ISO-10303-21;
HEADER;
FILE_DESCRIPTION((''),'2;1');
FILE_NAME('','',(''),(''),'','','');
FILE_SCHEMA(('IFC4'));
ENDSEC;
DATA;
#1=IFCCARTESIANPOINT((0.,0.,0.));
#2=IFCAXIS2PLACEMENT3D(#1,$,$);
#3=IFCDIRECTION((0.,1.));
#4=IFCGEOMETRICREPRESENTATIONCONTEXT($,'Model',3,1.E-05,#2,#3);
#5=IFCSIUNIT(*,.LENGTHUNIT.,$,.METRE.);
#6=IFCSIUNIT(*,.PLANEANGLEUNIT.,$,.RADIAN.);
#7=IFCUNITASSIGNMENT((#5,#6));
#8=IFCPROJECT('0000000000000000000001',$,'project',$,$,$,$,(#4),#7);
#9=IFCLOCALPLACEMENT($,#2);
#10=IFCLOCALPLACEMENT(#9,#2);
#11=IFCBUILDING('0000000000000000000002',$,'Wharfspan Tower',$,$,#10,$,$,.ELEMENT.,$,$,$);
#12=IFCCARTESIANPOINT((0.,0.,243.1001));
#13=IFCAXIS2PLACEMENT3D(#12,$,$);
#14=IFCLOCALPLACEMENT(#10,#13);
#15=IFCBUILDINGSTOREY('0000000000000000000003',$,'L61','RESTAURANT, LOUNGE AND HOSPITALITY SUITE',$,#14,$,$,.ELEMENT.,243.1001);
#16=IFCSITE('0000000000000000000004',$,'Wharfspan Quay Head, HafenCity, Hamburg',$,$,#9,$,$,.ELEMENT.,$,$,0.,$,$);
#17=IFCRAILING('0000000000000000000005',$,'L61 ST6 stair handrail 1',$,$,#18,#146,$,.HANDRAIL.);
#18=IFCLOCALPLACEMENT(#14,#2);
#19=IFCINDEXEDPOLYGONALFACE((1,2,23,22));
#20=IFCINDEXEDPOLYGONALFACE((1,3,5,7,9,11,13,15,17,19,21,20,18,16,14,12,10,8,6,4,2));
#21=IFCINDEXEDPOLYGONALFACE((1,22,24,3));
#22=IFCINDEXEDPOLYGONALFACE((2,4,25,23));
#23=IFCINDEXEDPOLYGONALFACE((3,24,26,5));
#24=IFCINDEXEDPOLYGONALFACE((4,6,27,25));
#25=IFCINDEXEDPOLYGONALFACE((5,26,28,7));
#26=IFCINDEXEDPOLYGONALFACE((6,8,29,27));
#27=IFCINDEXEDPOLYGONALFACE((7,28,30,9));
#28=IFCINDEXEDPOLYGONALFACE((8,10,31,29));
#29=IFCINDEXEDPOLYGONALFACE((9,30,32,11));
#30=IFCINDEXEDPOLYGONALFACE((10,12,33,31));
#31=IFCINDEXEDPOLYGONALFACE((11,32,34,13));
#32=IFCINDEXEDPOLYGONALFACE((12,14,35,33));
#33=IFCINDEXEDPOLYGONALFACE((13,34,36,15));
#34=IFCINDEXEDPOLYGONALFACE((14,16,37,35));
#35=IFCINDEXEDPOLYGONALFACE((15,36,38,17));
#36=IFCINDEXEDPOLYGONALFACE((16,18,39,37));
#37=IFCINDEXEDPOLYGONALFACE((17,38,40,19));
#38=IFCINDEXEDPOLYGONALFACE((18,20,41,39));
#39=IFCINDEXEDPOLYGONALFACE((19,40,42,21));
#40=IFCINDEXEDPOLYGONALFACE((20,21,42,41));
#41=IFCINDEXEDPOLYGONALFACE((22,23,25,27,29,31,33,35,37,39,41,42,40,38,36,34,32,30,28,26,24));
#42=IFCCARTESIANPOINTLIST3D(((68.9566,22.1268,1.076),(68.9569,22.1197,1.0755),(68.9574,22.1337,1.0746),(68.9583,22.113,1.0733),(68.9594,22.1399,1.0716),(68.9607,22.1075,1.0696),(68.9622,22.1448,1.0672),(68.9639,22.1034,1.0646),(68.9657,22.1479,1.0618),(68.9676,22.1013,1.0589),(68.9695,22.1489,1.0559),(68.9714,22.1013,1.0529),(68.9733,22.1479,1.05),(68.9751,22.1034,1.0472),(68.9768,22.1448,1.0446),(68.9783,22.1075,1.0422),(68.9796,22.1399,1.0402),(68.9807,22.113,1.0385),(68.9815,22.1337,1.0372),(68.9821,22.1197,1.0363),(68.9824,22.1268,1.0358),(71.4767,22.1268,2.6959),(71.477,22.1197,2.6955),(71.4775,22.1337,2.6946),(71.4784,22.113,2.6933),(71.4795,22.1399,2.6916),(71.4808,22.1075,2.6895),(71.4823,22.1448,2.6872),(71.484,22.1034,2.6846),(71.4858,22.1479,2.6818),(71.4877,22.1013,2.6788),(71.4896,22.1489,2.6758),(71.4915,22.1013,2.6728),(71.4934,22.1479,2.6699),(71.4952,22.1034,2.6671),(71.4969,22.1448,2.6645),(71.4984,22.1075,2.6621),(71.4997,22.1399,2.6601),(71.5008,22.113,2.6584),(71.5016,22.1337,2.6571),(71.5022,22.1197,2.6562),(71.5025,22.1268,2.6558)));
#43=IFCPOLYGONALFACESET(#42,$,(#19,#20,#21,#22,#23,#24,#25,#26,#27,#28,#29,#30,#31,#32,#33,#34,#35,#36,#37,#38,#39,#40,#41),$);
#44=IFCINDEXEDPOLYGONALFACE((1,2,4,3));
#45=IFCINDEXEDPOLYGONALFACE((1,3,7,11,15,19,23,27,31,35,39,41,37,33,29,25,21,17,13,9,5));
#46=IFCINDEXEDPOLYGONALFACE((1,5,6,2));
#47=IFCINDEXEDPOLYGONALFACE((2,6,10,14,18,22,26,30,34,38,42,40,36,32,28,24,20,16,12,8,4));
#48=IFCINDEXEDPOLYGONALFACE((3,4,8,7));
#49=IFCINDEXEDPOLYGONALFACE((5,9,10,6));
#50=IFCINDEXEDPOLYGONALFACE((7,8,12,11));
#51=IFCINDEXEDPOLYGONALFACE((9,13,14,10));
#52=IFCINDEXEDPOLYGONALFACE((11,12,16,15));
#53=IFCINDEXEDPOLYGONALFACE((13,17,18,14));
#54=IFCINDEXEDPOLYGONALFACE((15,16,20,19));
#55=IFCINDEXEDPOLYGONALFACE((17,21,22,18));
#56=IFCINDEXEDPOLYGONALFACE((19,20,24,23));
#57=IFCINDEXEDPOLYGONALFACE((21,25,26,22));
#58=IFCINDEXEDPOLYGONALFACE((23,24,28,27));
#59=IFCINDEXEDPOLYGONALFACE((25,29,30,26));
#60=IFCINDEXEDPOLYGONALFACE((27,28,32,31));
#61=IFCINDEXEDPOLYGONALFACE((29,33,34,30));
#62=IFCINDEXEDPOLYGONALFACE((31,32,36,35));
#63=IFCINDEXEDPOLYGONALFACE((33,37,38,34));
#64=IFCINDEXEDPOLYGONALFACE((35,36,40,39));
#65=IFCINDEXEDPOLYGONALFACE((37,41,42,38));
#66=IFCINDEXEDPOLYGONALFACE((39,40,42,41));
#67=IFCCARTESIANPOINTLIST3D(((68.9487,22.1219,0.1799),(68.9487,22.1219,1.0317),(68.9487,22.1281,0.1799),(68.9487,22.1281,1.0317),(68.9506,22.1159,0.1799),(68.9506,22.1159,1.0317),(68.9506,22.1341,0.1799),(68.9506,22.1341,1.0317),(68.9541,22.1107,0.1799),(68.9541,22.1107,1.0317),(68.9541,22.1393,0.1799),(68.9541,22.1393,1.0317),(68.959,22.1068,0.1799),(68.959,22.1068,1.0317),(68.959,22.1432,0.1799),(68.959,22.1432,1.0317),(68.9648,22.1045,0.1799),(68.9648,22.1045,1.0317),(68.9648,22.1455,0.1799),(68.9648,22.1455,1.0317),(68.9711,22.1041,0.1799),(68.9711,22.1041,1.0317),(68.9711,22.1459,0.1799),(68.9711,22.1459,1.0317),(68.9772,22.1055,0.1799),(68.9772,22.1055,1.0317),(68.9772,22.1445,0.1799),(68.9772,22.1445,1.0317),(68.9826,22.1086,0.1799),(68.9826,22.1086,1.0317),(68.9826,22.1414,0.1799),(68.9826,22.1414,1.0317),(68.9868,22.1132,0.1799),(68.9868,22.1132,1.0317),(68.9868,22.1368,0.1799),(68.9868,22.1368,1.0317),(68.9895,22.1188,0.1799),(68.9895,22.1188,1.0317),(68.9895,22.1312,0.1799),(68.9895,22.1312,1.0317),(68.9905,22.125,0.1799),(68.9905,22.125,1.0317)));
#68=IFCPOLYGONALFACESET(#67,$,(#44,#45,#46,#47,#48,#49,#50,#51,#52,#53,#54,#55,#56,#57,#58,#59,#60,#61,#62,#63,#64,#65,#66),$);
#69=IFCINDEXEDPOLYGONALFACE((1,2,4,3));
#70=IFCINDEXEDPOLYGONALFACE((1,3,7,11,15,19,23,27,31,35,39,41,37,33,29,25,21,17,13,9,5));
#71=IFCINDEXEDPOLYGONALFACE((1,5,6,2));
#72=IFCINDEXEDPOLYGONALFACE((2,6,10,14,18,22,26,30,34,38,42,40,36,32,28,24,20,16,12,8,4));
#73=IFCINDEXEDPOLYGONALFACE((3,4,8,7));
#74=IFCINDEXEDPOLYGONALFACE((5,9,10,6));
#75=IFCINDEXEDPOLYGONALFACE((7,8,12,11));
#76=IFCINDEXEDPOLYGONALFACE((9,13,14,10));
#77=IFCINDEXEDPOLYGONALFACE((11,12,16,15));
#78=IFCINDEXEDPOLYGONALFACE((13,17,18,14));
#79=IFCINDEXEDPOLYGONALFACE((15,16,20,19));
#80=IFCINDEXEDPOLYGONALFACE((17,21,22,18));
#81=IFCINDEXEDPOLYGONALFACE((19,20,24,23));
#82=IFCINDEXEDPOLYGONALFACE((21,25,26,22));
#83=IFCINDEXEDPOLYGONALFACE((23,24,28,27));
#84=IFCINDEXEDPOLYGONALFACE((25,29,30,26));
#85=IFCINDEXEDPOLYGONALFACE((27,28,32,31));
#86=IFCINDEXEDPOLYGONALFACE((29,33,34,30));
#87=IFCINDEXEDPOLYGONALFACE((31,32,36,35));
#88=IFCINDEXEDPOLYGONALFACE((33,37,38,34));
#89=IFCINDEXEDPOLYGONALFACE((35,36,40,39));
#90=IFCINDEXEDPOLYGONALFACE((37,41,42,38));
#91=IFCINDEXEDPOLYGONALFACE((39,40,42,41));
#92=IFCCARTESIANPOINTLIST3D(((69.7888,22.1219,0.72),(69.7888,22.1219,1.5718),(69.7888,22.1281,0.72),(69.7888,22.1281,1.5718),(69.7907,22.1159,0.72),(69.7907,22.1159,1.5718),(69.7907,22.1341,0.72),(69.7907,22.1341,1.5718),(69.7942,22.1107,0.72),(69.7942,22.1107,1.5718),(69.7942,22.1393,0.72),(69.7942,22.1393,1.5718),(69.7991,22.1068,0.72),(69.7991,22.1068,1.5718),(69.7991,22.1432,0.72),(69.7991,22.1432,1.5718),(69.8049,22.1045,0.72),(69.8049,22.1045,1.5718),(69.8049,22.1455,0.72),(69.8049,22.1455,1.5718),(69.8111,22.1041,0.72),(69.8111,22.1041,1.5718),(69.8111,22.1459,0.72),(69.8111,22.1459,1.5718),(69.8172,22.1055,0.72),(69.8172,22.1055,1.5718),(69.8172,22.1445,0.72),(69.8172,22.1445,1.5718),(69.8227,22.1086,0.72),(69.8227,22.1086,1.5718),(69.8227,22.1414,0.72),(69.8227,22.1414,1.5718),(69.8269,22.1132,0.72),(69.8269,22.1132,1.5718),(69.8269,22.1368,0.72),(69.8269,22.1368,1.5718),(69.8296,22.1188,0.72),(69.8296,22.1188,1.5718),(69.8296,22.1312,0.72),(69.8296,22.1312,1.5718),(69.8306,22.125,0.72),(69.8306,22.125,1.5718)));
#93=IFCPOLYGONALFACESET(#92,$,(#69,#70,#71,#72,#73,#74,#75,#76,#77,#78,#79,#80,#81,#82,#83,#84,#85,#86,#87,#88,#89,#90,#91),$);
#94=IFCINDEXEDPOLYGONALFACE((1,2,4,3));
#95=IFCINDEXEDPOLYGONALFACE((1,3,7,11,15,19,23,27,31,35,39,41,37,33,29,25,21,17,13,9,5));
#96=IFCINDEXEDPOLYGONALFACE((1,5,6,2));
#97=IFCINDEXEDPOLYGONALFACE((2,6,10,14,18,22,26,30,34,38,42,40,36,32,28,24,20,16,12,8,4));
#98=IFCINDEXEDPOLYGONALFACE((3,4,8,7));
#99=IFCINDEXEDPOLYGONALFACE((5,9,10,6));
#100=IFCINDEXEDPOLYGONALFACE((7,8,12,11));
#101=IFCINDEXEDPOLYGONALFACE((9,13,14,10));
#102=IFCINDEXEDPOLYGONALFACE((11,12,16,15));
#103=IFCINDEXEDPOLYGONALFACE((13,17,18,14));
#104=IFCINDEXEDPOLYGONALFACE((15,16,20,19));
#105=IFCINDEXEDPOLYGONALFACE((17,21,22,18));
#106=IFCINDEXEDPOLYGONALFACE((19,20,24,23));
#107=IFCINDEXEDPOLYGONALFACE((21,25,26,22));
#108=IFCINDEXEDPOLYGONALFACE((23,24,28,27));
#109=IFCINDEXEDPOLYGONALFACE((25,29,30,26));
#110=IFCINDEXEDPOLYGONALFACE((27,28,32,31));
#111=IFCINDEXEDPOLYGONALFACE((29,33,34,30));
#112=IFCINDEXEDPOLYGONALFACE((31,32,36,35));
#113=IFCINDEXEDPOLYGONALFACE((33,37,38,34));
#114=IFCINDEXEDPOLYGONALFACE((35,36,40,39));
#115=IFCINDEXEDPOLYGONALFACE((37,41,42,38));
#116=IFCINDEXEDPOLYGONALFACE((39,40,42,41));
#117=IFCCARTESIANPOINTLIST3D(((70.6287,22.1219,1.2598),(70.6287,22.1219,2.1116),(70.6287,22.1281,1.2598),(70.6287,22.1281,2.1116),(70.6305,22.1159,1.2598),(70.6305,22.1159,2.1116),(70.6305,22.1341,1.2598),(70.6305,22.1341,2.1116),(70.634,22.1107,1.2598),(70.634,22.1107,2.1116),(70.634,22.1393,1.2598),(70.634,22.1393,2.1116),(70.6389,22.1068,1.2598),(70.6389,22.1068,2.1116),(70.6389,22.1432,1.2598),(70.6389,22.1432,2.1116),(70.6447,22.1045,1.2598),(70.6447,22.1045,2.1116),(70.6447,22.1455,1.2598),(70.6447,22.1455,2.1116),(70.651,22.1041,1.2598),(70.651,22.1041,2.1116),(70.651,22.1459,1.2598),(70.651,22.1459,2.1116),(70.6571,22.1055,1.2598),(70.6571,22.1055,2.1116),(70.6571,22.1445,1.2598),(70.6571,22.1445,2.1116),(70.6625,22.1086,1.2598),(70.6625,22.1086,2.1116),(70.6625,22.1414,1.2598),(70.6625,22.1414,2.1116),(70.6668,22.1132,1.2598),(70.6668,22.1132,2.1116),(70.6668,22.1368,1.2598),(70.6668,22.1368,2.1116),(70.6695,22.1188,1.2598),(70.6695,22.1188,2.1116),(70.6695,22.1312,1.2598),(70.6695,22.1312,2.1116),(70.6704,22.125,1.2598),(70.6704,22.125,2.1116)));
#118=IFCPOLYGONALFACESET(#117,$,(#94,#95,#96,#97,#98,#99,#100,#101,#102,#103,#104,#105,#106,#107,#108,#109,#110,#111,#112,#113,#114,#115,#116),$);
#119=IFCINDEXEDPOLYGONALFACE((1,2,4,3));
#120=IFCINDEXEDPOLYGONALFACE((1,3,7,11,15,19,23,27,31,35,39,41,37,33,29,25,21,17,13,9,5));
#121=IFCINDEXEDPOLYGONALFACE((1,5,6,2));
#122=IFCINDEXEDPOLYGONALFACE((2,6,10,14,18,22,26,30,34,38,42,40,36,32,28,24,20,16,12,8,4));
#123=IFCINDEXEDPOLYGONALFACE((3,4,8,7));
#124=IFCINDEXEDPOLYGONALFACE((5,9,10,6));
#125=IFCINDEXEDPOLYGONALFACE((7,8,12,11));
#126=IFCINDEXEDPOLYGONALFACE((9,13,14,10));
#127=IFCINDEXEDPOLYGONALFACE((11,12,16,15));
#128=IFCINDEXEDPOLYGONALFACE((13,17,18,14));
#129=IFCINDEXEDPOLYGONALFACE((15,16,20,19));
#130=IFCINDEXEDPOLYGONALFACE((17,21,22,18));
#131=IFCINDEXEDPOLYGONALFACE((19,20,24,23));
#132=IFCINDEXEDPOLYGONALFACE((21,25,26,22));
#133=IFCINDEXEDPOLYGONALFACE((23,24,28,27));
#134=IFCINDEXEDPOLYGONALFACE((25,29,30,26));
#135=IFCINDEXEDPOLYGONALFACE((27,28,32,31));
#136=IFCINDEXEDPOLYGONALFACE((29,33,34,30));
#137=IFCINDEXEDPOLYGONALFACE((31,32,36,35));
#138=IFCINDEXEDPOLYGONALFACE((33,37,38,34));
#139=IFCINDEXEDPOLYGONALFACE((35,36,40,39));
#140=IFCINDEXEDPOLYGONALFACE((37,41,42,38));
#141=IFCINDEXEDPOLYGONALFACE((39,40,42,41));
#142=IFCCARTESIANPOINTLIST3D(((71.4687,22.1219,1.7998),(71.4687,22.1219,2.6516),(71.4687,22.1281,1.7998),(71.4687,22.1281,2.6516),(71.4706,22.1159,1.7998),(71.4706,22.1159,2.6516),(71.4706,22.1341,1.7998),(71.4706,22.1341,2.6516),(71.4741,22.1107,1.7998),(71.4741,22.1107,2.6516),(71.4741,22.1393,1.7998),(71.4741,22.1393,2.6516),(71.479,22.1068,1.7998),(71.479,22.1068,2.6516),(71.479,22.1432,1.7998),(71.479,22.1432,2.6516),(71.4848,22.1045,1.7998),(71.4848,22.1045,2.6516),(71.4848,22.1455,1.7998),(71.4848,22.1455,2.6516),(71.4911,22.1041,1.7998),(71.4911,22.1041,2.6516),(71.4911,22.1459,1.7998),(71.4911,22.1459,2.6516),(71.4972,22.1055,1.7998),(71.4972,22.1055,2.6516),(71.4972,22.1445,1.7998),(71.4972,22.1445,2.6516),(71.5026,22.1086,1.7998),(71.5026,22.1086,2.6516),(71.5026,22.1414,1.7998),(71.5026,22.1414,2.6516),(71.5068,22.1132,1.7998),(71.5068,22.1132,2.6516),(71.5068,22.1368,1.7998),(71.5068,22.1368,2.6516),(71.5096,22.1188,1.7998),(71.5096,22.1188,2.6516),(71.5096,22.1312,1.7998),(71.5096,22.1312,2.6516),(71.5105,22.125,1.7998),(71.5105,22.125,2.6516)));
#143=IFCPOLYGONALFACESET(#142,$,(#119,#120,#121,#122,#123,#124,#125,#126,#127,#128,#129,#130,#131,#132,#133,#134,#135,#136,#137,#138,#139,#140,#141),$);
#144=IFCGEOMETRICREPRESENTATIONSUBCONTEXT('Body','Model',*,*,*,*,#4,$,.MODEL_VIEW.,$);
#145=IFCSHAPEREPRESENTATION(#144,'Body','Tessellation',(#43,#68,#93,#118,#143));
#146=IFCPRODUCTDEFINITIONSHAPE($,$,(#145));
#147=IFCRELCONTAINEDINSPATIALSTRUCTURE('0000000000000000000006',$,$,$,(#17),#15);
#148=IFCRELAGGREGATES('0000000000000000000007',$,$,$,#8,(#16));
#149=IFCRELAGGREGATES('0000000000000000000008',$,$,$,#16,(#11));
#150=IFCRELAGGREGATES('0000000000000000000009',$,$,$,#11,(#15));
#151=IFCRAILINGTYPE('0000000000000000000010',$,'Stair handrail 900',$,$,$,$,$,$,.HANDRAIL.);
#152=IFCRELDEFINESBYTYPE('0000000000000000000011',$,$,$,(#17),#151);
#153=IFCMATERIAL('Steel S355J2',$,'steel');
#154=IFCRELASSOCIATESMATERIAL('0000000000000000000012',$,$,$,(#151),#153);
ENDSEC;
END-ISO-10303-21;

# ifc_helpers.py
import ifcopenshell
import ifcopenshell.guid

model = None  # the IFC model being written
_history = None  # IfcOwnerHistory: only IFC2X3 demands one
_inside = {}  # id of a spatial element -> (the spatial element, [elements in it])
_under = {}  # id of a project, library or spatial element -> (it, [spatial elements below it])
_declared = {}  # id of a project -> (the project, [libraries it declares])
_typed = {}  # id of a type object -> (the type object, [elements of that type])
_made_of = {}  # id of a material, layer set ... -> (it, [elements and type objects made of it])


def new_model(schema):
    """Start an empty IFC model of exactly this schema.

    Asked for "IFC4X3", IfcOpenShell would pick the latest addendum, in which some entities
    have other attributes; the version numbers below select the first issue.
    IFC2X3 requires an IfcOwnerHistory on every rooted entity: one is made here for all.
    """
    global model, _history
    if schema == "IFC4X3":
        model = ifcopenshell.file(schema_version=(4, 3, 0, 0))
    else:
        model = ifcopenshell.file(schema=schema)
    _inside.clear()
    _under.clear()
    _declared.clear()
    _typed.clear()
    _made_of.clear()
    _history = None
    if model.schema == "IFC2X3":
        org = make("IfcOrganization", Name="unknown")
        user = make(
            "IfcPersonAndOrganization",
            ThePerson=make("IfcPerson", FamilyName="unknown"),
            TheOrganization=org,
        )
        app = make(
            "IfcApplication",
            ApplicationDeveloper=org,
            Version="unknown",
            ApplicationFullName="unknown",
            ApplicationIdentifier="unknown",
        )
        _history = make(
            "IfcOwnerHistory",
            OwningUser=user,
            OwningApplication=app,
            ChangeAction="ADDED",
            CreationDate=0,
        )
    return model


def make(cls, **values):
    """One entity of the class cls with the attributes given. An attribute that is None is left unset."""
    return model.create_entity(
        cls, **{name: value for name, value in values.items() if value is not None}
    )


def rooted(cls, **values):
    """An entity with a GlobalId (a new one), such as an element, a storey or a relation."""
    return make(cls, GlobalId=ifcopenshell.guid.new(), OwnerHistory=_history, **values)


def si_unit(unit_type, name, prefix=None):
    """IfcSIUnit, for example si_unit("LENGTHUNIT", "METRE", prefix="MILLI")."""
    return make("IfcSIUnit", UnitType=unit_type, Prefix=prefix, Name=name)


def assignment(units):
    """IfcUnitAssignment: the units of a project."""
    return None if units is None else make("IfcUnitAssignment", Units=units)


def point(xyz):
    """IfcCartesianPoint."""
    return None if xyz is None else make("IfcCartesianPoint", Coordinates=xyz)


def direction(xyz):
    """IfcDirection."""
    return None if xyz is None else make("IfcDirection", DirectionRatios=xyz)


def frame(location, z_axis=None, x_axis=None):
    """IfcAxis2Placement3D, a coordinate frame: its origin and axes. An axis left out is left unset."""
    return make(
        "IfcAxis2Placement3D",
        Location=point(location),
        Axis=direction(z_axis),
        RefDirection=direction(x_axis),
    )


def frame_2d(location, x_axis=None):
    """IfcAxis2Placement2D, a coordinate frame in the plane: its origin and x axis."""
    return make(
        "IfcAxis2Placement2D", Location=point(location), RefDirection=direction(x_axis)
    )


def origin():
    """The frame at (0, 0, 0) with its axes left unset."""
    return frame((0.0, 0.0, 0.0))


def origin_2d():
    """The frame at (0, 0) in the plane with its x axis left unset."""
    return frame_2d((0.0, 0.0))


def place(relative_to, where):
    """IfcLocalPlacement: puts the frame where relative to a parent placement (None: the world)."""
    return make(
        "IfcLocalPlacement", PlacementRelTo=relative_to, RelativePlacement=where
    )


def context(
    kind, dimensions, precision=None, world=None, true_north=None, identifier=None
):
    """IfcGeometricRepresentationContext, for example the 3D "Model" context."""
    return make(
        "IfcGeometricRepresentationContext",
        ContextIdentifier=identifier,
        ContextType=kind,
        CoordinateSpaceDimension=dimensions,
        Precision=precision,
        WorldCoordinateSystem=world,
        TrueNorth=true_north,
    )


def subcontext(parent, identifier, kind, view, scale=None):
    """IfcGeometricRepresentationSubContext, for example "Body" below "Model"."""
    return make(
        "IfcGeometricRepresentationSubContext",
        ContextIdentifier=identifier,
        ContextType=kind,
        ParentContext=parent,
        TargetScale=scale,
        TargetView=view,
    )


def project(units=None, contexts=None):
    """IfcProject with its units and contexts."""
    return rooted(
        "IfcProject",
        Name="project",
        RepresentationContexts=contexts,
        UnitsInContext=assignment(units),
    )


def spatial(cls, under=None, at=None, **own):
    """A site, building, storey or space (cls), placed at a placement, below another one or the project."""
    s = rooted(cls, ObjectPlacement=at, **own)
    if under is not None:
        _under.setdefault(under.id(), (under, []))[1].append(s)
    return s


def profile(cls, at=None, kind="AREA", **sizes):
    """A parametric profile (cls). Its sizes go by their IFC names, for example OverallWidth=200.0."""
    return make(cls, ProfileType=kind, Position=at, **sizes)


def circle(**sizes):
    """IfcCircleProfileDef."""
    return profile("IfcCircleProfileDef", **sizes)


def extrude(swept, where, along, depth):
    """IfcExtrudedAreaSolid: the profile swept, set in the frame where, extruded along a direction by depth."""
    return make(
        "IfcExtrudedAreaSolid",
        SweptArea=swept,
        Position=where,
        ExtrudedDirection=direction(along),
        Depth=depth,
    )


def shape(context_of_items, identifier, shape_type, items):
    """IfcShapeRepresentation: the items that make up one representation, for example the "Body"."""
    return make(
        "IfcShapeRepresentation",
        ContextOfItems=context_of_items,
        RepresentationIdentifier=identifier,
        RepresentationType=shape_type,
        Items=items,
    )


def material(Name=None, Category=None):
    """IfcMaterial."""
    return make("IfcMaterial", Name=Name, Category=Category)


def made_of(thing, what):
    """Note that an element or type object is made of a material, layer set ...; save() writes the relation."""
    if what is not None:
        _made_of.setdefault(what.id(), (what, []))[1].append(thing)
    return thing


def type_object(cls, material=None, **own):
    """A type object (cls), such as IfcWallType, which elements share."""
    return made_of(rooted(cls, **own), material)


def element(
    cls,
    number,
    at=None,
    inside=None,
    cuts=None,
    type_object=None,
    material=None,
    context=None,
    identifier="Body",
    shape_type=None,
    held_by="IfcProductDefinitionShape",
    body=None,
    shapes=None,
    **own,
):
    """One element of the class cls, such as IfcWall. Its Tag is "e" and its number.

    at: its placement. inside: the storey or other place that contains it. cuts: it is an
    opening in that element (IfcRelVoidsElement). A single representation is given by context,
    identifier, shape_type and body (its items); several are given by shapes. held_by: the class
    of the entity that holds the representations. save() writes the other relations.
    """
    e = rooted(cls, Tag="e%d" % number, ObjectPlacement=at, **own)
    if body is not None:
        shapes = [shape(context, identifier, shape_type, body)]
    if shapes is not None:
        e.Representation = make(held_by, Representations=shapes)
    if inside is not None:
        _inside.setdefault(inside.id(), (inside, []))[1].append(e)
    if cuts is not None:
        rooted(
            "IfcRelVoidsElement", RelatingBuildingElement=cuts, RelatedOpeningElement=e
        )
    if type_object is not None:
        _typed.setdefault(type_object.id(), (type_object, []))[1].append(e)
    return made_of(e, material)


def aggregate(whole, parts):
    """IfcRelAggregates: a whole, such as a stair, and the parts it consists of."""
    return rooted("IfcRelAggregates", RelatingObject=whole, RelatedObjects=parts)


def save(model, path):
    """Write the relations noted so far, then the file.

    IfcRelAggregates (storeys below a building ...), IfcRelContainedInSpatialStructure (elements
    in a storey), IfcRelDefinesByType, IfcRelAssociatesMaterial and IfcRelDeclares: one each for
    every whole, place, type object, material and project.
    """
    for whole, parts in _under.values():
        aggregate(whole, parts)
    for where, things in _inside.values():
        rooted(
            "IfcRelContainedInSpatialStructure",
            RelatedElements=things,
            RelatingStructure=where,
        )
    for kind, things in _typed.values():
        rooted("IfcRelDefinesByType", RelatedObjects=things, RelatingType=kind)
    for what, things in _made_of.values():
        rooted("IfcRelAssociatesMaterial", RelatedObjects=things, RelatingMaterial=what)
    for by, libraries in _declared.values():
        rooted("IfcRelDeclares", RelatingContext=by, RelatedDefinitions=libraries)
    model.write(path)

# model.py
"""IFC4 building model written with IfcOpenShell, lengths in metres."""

from ifc_helpers import new_model, si_unit, direction, frame, origin, origin_2d, place, context, subcontext, project, spatial, circle, extrude, material, type_object, element, save


model = new_model("IFC4")

# Units and contexts
model_context = context("Model", 3, precision=1e-05, world=origin(), true_north=direction((0.0, 1.0)))
body_context = subcontext(model_context, "Body", "Model", "MODEL_VIEW")
ifc_project = project(units=[si_unit("LENGTHUNIT", "METRE"), si_unit("PLANEANGLEUNIT", "RADIAN")], contexts=[model_context])

# Site, building, storey
site_placement = place(None, origin())
site = spatial("IfcSite", under=ifc_project, at=site_placement, Name="Wharfspan Quay Head, HafenCity, Hamburg", CompositionType="ELEMENT", RefElevation=0.0)
building_placement = place(site_placement, origin())
building = spatial("IfcBuilding", under=site, at=building_placement, Name="Wharfspan Tower", CompositionType="ELEMENT")
storey_placement = place(building_placement, frame((0.0, 0.0, 243.1001)))
storey = spatial("IfcBuildingStorey", under=building, at=storey_placement, Name="L61", Description="RESTAURANT, LOUNGE AND HOSPITALITY SUITE", CompositionType="ELEMENT", Elevation=243.1001)

# Shared definitions
ifc_material_1 = material(Name="Steel S355J2", Category="steel")

# Railing
railing_type_1 = type_object("IfcRailingType", Name="Stair handrail 900", PredefinedType="HANDRAIL", material=ifc_material_1)
railing_1_placement = place(storey_placement, frame((68.9695, 22.125, 0.1799)))
element("IfcRailing", 1, at=railing_1_placement, inside=storey, type_object=railing_type_1, Name="L61 ST6 stair handrail 1", PredefinedType="HANDRAIL", context=body_context, shape_type="SweptSolid", body=[
    extrude(circle(Radius=0.0239, at=origin_2d()), frame((0.0, 0.0, 0.876), z_axis=(0.8412, 0.0, 0.540725), x_axis=(0.0, 1.0, 0.0)), (0.0, 0.0, 1.0), 2.9958),
    extrude(circle(Radius=0.021, at=origin_2d()), origin(), (0.0, 0.0, 1.0), 0.8518),
    extrude(circle(Radius=0.021, at=origin_2d()), frame((0.8401, 0.0, 0.54)), (0.0, 0.0, 1.0), 0.8518),
    extrude(circle(Radius=0.021, at=origin_2d()), frame((1.6799, 0.0, 1.0798)), (0.0, 0.0, 1.0), 0.8518),
    extrude(circle(Radius=0.021, at=origin_2d()), frame((2.52, 0.0, 1.6199)), (0.0, 0.0, 1.0), 0.8518),
])

save(model, "model.ifc")
